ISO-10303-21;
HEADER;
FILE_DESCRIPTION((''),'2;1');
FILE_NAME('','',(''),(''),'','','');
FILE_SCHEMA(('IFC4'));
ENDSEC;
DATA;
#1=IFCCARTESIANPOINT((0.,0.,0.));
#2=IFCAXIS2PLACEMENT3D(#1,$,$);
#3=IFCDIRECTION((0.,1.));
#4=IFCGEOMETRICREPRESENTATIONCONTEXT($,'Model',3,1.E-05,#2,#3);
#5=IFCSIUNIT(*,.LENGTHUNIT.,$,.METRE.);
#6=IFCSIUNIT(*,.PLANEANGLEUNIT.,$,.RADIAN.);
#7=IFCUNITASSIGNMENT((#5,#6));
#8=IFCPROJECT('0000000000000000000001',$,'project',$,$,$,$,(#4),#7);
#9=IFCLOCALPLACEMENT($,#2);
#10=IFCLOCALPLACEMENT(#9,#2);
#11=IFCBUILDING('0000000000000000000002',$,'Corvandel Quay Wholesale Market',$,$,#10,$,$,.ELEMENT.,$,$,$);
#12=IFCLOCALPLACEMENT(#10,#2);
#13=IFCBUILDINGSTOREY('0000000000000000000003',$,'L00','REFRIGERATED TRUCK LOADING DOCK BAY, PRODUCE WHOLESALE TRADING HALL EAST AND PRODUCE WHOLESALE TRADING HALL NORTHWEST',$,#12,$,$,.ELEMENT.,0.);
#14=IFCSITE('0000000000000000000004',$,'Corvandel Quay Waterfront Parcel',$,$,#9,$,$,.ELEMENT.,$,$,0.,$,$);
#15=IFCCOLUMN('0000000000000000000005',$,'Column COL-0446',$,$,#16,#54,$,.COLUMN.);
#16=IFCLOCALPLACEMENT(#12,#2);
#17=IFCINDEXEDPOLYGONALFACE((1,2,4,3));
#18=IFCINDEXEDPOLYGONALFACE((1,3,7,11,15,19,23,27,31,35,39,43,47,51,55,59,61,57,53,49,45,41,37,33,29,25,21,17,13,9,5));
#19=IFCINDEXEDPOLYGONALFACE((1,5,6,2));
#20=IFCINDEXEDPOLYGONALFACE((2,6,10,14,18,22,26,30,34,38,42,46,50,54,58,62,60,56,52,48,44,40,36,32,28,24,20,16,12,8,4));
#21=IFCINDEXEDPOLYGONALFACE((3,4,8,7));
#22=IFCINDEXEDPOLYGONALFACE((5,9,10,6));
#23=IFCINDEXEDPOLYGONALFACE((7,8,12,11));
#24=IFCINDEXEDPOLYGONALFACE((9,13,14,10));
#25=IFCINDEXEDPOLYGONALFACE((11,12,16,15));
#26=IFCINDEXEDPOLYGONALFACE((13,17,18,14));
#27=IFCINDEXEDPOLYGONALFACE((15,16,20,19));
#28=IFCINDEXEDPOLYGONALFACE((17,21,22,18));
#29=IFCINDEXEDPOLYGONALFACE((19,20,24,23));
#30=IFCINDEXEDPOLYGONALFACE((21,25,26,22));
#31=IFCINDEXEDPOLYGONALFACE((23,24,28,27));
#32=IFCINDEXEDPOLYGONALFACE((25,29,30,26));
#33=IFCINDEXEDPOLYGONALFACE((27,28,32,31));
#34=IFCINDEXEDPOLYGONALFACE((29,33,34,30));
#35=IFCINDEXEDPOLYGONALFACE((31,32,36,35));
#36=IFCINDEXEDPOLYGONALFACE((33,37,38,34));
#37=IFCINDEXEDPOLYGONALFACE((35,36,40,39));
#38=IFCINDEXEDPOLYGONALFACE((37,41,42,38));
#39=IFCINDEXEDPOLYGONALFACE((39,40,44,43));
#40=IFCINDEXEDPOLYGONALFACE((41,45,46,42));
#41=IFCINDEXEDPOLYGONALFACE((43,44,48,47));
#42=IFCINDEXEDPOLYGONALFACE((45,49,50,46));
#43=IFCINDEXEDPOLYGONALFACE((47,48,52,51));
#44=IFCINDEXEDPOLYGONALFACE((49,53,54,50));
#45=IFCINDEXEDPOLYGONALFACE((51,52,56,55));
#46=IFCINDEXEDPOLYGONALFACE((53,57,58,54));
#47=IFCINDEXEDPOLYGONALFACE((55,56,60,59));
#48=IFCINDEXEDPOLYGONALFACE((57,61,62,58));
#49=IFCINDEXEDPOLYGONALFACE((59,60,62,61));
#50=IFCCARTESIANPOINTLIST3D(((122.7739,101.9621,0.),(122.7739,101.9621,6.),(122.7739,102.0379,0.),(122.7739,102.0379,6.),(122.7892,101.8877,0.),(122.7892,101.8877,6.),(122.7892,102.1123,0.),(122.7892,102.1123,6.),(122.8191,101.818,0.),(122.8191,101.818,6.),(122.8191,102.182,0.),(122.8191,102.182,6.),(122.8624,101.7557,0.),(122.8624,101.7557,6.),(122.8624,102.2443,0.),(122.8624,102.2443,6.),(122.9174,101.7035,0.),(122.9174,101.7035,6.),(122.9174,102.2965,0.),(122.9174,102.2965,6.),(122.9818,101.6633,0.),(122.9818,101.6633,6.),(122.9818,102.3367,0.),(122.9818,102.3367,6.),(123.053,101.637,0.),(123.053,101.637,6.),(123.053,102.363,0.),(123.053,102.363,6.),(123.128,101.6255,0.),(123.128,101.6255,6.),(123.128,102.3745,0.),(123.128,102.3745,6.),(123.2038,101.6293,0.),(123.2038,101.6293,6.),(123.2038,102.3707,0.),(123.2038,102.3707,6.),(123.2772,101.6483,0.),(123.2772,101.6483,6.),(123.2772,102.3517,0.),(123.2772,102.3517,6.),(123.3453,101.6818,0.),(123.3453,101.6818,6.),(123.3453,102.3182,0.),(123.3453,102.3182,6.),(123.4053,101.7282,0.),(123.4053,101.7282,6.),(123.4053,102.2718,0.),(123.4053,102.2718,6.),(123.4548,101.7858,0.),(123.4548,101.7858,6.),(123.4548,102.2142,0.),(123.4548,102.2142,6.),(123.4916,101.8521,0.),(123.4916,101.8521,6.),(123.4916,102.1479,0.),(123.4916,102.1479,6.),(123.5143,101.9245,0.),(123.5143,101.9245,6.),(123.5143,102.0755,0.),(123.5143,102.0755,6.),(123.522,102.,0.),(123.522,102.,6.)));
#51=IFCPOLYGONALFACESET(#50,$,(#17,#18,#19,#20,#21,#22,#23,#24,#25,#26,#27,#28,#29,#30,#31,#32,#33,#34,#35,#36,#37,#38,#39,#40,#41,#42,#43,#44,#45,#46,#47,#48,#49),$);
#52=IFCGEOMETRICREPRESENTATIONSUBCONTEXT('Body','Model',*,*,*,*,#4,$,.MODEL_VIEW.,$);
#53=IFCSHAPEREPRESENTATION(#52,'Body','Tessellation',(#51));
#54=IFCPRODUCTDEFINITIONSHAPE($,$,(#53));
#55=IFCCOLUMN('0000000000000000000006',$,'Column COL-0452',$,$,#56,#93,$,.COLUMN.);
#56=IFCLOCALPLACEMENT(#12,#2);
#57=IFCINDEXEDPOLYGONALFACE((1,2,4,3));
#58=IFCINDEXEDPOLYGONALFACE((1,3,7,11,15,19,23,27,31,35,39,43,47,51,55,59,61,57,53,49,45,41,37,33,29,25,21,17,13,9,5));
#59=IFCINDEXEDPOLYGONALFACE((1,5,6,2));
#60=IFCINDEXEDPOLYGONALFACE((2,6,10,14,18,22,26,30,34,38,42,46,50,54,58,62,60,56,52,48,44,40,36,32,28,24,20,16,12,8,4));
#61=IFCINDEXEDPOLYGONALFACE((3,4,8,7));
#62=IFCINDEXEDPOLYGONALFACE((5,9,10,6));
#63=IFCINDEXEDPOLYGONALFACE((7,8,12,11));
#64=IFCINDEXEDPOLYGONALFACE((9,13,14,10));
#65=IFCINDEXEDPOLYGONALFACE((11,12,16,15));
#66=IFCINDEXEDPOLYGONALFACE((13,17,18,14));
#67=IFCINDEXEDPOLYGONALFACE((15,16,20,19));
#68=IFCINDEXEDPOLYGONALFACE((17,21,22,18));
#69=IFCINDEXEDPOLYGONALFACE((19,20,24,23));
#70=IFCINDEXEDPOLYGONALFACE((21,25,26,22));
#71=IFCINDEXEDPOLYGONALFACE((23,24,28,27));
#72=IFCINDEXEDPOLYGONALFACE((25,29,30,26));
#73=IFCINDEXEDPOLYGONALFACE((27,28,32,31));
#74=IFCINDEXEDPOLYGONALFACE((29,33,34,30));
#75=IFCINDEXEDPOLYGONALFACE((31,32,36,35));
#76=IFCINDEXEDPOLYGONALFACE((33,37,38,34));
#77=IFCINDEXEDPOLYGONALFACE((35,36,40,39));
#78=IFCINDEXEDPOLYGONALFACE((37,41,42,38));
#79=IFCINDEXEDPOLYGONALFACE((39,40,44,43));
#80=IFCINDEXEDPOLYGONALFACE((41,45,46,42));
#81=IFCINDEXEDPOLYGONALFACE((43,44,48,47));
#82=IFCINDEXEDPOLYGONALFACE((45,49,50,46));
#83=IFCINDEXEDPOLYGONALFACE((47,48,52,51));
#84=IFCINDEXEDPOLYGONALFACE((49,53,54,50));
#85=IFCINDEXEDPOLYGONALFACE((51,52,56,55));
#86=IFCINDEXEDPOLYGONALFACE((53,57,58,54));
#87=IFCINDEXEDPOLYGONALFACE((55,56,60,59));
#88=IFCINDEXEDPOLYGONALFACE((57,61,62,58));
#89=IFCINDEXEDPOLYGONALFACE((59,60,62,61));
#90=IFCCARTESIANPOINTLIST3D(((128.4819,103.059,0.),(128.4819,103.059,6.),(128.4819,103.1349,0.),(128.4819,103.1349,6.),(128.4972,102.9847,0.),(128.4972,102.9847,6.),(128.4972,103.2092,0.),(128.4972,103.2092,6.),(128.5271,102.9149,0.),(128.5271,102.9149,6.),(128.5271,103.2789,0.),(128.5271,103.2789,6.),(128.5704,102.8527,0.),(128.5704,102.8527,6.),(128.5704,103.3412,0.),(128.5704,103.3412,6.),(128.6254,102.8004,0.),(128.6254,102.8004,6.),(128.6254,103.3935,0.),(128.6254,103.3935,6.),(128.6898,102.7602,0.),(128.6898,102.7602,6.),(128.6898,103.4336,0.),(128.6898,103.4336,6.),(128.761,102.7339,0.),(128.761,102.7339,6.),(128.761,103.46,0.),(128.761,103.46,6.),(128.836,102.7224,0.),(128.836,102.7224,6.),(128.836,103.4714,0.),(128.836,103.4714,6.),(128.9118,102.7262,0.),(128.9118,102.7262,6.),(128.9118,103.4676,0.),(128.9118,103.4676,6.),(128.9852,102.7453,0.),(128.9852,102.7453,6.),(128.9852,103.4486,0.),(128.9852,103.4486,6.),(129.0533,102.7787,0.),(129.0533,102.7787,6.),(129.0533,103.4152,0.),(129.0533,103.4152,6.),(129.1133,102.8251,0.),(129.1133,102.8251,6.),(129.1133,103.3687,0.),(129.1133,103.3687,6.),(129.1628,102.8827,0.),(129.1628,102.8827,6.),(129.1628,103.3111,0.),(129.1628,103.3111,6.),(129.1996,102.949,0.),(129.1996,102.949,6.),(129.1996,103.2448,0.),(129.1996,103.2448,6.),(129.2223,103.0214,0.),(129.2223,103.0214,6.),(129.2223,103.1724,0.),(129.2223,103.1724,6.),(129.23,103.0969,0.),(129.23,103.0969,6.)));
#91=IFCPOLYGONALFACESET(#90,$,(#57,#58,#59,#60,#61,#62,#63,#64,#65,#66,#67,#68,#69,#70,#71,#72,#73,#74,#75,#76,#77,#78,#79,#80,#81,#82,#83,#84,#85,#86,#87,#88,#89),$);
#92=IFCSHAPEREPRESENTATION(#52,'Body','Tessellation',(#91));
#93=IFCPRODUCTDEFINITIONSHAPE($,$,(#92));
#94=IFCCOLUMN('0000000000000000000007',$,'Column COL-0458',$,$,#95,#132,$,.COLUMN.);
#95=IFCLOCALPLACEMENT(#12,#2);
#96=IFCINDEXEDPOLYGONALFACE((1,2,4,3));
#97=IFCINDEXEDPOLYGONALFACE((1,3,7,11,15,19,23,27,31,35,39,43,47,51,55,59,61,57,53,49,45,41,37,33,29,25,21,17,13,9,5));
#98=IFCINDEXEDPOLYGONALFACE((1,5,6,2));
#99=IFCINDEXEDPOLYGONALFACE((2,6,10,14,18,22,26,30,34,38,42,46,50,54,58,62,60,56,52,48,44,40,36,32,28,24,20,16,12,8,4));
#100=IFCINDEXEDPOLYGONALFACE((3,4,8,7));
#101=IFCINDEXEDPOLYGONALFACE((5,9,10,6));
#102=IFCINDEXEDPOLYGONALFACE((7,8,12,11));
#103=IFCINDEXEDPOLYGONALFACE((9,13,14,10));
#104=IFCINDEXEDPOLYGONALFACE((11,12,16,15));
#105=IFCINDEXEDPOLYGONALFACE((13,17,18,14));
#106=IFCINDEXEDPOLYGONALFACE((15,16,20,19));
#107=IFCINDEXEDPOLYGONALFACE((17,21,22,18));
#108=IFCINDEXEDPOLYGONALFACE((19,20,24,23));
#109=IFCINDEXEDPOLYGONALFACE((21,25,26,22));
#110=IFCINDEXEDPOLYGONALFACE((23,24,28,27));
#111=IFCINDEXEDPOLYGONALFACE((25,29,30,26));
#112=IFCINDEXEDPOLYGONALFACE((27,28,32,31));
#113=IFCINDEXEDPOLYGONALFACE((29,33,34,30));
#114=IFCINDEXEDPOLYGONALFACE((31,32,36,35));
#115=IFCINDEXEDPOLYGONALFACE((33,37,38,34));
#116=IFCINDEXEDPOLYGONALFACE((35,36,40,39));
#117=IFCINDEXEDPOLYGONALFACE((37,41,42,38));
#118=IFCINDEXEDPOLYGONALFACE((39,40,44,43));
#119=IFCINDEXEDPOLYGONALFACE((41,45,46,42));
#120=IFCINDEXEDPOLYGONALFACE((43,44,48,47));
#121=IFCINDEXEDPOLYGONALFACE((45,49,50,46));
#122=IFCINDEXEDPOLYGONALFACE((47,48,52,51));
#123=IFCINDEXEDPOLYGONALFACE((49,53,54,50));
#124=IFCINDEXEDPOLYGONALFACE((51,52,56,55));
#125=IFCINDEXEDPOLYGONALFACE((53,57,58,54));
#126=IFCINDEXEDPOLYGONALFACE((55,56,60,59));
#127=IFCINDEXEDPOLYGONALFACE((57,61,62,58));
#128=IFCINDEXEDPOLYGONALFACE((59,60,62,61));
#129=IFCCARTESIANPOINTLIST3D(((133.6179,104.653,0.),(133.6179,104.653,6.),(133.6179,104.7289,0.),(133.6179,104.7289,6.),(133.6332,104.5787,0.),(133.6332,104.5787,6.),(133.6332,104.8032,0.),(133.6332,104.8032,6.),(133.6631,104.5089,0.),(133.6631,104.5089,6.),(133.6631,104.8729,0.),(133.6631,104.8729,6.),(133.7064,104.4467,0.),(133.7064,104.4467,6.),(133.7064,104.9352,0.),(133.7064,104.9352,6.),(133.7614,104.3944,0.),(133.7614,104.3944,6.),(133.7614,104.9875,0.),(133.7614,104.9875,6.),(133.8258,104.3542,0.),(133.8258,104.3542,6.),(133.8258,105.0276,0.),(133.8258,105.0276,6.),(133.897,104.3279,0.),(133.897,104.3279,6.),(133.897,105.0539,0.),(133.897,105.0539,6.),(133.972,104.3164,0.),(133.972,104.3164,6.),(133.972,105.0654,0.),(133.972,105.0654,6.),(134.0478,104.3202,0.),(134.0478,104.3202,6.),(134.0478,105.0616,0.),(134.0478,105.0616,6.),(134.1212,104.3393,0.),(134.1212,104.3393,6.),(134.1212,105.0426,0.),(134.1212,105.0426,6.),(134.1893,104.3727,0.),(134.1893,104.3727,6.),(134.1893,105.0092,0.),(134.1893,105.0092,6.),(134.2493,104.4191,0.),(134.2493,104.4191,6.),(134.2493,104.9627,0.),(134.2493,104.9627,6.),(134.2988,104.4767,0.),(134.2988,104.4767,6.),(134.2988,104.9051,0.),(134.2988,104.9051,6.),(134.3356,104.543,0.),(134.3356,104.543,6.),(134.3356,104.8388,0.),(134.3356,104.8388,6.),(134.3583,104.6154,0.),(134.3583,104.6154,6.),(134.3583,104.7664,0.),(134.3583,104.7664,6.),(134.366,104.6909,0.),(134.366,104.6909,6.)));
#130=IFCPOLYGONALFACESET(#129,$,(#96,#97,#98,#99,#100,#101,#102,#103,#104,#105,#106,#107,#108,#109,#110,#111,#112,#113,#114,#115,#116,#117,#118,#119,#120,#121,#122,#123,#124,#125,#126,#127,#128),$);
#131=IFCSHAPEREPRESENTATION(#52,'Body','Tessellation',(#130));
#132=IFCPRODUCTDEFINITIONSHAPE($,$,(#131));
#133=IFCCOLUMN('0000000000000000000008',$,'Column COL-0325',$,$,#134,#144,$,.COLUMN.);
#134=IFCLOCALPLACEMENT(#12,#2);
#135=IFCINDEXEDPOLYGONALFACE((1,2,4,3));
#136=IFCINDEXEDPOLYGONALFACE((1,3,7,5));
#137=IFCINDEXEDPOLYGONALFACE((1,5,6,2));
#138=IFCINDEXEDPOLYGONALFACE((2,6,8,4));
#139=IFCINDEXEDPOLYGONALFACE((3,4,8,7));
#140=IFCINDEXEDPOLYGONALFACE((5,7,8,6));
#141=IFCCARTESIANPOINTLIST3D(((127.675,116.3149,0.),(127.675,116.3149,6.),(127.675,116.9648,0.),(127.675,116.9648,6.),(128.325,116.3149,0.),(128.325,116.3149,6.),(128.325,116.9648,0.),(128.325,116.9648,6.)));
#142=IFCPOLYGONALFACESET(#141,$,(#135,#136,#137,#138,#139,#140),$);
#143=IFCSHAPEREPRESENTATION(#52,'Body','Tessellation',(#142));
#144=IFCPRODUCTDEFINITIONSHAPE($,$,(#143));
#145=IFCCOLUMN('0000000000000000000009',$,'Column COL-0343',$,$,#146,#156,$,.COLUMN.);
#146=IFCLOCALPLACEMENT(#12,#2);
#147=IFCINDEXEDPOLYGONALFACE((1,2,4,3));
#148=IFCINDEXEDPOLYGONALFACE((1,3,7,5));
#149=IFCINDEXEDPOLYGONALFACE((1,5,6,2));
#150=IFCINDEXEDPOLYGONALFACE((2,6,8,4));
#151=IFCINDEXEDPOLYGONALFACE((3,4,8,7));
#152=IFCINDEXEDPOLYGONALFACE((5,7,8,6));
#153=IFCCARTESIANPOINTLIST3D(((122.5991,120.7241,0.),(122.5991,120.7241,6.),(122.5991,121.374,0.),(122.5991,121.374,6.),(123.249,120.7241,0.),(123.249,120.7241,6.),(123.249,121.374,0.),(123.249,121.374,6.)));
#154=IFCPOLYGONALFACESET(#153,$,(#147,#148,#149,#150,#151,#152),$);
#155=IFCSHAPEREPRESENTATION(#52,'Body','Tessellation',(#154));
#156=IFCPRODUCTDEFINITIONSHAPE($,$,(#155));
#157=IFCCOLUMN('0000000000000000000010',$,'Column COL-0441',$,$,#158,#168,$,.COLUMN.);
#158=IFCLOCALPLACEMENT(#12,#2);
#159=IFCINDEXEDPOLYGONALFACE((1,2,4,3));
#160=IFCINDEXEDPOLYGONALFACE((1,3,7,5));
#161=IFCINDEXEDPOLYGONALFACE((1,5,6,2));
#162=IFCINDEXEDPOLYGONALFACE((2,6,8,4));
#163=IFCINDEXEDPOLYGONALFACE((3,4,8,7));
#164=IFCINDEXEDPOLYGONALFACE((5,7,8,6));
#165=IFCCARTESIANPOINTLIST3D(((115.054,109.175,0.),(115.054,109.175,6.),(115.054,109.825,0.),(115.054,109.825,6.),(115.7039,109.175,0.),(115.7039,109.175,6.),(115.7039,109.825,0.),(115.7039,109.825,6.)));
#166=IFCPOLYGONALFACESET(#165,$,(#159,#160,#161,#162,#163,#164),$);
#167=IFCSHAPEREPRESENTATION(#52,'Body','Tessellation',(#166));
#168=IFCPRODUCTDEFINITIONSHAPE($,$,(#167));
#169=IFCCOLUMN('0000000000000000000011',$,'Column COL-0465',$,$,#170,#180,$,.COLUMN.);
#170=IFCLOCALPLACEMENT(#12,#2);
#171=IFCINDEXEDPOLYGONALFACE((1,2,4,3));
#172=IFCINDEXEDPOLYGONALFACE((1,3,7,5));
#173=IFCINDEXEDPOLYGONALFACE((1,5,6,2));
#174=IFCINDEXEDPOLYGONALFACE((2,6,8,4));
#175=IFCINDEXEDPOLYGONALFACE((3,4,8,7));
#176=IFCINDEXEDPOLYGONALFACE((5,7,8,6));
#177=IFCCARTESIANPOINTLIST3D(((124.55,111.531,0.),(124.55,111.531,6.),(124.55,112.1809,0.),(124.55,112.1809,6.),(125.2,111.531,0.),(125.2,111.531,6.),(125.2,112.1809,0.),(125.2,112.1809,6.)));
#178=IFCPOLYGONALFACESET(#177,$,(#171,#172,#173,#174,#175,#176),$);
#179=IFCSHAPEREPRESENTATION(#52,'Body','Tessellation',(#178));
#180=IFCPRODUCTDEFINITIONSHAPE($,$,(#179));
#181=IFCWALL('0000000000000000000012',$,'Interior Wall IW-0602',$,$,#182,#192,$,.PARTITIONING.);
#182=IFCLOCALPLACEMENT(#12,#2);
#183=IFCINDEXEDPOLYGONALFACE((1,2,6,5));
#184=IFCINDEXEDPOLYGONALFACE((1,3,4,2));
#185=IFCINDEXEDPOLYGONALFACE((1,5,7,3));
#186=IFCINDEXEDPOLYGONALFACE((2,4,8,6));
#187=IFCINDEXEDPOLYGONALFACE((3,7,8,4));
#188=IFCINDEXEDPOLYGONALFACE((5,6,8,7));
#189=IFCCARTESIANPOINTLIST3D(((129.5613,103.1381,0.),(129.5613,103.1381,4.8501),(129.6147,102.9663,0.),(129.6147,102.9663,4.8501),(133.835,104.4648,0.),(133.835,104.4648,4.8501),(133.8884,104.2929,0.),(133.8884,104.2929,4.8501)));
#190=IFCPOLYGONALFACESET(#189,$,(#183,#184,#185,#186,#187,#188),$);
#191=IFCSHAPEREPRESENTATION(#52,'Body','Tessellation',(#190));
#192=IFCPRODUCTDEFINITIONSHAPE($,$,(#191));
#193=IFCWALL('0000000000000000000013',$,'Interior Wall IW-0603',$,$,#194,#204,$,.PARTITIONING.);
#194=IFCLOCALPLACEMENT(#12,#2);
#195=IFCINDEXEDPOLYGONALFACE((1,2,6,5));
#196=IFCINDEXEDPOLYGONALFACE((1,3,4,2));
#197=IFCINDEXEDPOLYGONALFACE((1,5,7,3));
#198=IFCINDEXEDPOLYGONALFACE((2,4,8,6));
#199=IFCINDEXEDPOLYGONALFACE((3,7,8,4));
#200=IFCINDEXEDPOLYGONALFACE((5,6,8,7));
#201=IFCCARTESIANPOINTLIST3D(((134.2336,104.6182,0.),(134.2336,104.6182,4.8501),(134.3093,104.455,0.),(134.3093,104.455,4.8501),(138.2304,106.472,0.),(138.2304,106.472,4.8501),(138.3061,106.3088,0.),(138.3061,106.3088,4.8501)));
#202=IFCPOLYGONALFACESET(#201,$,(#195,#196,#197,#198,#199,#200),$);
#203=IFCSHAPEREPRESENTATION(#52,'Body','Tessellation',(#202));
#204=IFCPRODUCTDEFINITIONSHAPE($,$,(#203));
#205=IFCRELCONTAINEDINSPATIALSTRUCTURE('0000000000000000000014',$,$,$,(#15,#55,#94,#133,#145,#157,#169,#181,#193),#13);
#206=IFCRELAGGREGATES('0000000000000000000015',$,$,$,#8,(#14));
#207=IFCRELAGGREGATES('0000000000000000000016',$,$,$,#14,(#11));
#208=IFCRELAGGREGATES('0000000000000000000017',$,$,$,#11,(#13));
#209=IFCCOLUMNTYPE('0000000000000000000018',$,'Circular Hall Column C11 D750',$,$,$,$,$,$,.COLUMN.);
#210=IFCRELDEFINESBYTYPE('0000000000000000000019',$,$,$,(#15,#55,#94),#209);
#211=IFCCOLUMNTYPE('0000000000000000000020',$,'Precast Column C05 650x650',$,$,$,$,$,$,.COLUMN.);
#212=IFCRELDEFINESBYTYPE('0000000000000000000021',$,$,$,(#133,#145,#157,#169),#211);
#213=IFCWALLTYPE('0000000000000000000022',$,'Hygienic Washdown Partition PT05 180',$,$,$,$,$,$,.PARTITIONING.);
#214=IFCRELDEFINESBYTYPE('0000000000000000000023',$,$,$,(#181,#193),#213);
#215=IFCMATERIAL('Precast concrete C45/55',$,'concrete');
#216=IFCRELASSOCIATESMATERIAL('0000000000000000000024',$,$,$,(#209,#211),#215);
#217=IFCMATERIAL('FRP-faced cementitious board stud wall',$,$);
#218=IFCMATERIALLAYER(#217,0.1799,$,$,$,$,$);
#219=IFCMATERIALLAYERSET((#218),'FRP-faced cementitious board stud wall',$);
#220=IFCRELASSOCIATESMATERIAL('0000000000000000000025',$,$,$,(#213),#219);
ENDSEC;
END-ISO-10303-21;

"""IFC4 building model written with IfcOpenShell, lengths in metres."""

from ifc_helpers import new_model, si_unit, direction, frame, frame_2d, origin, origin_2d, place, context, subcontext, project, spatial, rectangle, circle, extrude, material, layer, layer_set, material_profile, profile_set, type_object, element, save


model = new_model("IFC4")

# Units and contexts
model_context = context("Model", 3, precision=1e-05, world=origin(), true_north=direction((0.0, 1.0)))
body_context = subcontext(model_context, "Body", "Model", "MODEL_VIEW")
ifc_project = project(units=[si_unit("LENGTHUNIT", "METRE"), si_unit("PLANEANGLEUNIT", "RADIAN")], contexts=[model_context])

# Site, building, storey
site_placement = place(None, origin())
site = spatial("IfcSite", under=ifc_project, at=site_placement, Name="Corvandel Quay Waterfront Parcel", CompositionType="ELEMENT", RefElevation=0.0)
building_placement = place(site_placement, origin())
building = spatial("IfcBuilding", under=site, at=building_placement, Name="Corvandel Quay Wholesale Market", CompositionType="ELEMENT")
storey_placement = place(building_placement, origin())
storey = spatial("IfcBuildingStorey", under=building, at=storey_placement, Name="L00", Description="REFRIGERATED TRUCK LOADING DOCK BAY, PRODUCE WHOLESALE TRADING HALL EAST AND PRODUCE WHOLESALE TRADING HALL NORTHWEST", CompositionType="ELEMENT", Elevation=0.0)

# Columns
ifc_material_1 = material(Name="Precast concrete C45/55", Category="concrete")
ifc_material_profile_1 = material_profile(ifc_material_1, circle(Radius=0.375, at=origin_2d()), Name="PC-COL-D750")
ifc_profile_set_1 = profile_set([ifc_material_profile_1], Name="Precast concrete C45/55")
column_type_1 = type_object("IfcColumnType", Name="Circular Hall Column C11 D750", PredefinedType="COLUMN", material=ifc_profile_set_1)
for number, where, z_axis, x_axis, name in (
    (1, (123.147, 102.0, 0.0), (0.0, 0.0, 1.0), (1.0, 0.0, 0.0), "Column COL-0446"),
    (2, (128.855, 103.0969, 0.0), (0.0, 0.0, 1.0), (1.0, 0.0, 0.0), "Column COL-0452"),
    (3, (133.991, 104.6909, 0.0), (0.0, 0.0, 1.0), (1.0, 0.0, 0.0), "Column COL-0458"),
):
    element("IfcColumn", number, at=place(storey_placement, frame(where, z_axis=z_axis, x_axis=x_axis)), inside=storey, type_object=column_type_1, Name=name, PredefinedType="COLUMN", context=body_context, shape_type="SweptSolid", body=[
        extrude(circle(Radius=0.375, at=origin_2d()), origin(), (0.0, 0.0, 1.0), 6.0),
    ])
ifc_material_profile_2 = material_profile(ifc_material_1, rectangle(XDim=0.6499, YDim=0.6499, at=origin_2d()), Name="PC-COL-650x650")
ifc_profile_set_2 = profile_set([ifc_material_profile_2], Name="Precast concrete C45/55")
column_type_2 = type_object("IfcColumnType", Name="Precast Column C05 650x650", PredefinedType="COLUMN", material=ifc_profile_set_2)
for number, where, z_axis, x_axis, name in (
    (4, (128.0, 116.6399, 0.0), (0.0, 0.0, 1.0), (1.0, 0.0, 0.0), "Column COL-0325"),
    (5, (122.9241, 121.0491, 0.0), (0.0, 0.0, 1.0), (1.0, 0.0, 0.0), "Column COL-0343"),
    (6, (115.3789, 109.5, 0.0), (0.0, 0.0, 1.0), (1.0, 0.0, 0.0), "Column COL-0441"),
    (7, (124.875, 111.856, 0.0), (0.0, 0.0, 1.0), (1.0, 0.0, 0.0), "Column COL-0465"),
):
    element("IfcColumn", number, at=place(storey_placement, frame(where, z_axis=z_axis, x_axis=x_axis)), inside=storey, type_object=column_type_2, Name=name, PredefinedType="COLUMN", context=body_context, shape_type="SweptSolid", body=[
        extrude(rectangle(XDim=0.6499, YDim=0.6499, at=origin_2d()), origin(), (0.0, 0.0, 1.0), 6.0),
    ])

# Walls
ifc_material_2 = material(Name="FRP-faced cementitious board stud wall")
ifc_layer_1 = layer(ifc_material_2, 0.1799)
ifc_layer_set_1 = layer_set([ifc_layer_1], Name="FRP-faced cementitious board stud wall")
wall_type_1 = type_object("IfcWallType", Name="Hygienic Washdown Partition PT05 180", PredefinedType="PARTITIONING", material=ifc_layer_set_1)
wall_1_placement = place(storey_placement, frame((129.5881, 103.0522, 0.0), z_axis=(0.0, 0.0, 1.0), x_axis=(0.955042, 0.29647, 0.0)))
element("IfcWall", 8, at=wall_1_placement, inside=storey, type_object=wall_type_1, Name="Interior Wall IW-0602", PredefinedType="PARTITIONING", context=body_context, shape_type="SweptSolid", body=[
    extrude(rectangle(XDim=4.4749, YDim=0.1799, at=frame_2d((2.2373, 0.0))), origin(), (0.0, 0.0, 1.0), 4.8501),
])
wall_2_placement = place(storey_placement, frame((134.2715, 104.5366, 0.0), z_axis=(0.0, 0.0, 1.0), x_axis=(0.907174, 0.420755, 0.0)))
element("IfcWall", 9, at=wall_2_placement, inside=storey, type_object=wall_type_1, Name="Interior Wall IW-0603", PredefinedType="PARTITIONING", context=body_context, shape_type="SweptSolid", body=[
    extrude(rectangle(XDim=4.4058, YDim=0.1799, at=frame_2d((2.2029, 0.0))), origin(), (0.0, 0.0, 1.0), 4.8501),
])

save(model, "model.ifc")
